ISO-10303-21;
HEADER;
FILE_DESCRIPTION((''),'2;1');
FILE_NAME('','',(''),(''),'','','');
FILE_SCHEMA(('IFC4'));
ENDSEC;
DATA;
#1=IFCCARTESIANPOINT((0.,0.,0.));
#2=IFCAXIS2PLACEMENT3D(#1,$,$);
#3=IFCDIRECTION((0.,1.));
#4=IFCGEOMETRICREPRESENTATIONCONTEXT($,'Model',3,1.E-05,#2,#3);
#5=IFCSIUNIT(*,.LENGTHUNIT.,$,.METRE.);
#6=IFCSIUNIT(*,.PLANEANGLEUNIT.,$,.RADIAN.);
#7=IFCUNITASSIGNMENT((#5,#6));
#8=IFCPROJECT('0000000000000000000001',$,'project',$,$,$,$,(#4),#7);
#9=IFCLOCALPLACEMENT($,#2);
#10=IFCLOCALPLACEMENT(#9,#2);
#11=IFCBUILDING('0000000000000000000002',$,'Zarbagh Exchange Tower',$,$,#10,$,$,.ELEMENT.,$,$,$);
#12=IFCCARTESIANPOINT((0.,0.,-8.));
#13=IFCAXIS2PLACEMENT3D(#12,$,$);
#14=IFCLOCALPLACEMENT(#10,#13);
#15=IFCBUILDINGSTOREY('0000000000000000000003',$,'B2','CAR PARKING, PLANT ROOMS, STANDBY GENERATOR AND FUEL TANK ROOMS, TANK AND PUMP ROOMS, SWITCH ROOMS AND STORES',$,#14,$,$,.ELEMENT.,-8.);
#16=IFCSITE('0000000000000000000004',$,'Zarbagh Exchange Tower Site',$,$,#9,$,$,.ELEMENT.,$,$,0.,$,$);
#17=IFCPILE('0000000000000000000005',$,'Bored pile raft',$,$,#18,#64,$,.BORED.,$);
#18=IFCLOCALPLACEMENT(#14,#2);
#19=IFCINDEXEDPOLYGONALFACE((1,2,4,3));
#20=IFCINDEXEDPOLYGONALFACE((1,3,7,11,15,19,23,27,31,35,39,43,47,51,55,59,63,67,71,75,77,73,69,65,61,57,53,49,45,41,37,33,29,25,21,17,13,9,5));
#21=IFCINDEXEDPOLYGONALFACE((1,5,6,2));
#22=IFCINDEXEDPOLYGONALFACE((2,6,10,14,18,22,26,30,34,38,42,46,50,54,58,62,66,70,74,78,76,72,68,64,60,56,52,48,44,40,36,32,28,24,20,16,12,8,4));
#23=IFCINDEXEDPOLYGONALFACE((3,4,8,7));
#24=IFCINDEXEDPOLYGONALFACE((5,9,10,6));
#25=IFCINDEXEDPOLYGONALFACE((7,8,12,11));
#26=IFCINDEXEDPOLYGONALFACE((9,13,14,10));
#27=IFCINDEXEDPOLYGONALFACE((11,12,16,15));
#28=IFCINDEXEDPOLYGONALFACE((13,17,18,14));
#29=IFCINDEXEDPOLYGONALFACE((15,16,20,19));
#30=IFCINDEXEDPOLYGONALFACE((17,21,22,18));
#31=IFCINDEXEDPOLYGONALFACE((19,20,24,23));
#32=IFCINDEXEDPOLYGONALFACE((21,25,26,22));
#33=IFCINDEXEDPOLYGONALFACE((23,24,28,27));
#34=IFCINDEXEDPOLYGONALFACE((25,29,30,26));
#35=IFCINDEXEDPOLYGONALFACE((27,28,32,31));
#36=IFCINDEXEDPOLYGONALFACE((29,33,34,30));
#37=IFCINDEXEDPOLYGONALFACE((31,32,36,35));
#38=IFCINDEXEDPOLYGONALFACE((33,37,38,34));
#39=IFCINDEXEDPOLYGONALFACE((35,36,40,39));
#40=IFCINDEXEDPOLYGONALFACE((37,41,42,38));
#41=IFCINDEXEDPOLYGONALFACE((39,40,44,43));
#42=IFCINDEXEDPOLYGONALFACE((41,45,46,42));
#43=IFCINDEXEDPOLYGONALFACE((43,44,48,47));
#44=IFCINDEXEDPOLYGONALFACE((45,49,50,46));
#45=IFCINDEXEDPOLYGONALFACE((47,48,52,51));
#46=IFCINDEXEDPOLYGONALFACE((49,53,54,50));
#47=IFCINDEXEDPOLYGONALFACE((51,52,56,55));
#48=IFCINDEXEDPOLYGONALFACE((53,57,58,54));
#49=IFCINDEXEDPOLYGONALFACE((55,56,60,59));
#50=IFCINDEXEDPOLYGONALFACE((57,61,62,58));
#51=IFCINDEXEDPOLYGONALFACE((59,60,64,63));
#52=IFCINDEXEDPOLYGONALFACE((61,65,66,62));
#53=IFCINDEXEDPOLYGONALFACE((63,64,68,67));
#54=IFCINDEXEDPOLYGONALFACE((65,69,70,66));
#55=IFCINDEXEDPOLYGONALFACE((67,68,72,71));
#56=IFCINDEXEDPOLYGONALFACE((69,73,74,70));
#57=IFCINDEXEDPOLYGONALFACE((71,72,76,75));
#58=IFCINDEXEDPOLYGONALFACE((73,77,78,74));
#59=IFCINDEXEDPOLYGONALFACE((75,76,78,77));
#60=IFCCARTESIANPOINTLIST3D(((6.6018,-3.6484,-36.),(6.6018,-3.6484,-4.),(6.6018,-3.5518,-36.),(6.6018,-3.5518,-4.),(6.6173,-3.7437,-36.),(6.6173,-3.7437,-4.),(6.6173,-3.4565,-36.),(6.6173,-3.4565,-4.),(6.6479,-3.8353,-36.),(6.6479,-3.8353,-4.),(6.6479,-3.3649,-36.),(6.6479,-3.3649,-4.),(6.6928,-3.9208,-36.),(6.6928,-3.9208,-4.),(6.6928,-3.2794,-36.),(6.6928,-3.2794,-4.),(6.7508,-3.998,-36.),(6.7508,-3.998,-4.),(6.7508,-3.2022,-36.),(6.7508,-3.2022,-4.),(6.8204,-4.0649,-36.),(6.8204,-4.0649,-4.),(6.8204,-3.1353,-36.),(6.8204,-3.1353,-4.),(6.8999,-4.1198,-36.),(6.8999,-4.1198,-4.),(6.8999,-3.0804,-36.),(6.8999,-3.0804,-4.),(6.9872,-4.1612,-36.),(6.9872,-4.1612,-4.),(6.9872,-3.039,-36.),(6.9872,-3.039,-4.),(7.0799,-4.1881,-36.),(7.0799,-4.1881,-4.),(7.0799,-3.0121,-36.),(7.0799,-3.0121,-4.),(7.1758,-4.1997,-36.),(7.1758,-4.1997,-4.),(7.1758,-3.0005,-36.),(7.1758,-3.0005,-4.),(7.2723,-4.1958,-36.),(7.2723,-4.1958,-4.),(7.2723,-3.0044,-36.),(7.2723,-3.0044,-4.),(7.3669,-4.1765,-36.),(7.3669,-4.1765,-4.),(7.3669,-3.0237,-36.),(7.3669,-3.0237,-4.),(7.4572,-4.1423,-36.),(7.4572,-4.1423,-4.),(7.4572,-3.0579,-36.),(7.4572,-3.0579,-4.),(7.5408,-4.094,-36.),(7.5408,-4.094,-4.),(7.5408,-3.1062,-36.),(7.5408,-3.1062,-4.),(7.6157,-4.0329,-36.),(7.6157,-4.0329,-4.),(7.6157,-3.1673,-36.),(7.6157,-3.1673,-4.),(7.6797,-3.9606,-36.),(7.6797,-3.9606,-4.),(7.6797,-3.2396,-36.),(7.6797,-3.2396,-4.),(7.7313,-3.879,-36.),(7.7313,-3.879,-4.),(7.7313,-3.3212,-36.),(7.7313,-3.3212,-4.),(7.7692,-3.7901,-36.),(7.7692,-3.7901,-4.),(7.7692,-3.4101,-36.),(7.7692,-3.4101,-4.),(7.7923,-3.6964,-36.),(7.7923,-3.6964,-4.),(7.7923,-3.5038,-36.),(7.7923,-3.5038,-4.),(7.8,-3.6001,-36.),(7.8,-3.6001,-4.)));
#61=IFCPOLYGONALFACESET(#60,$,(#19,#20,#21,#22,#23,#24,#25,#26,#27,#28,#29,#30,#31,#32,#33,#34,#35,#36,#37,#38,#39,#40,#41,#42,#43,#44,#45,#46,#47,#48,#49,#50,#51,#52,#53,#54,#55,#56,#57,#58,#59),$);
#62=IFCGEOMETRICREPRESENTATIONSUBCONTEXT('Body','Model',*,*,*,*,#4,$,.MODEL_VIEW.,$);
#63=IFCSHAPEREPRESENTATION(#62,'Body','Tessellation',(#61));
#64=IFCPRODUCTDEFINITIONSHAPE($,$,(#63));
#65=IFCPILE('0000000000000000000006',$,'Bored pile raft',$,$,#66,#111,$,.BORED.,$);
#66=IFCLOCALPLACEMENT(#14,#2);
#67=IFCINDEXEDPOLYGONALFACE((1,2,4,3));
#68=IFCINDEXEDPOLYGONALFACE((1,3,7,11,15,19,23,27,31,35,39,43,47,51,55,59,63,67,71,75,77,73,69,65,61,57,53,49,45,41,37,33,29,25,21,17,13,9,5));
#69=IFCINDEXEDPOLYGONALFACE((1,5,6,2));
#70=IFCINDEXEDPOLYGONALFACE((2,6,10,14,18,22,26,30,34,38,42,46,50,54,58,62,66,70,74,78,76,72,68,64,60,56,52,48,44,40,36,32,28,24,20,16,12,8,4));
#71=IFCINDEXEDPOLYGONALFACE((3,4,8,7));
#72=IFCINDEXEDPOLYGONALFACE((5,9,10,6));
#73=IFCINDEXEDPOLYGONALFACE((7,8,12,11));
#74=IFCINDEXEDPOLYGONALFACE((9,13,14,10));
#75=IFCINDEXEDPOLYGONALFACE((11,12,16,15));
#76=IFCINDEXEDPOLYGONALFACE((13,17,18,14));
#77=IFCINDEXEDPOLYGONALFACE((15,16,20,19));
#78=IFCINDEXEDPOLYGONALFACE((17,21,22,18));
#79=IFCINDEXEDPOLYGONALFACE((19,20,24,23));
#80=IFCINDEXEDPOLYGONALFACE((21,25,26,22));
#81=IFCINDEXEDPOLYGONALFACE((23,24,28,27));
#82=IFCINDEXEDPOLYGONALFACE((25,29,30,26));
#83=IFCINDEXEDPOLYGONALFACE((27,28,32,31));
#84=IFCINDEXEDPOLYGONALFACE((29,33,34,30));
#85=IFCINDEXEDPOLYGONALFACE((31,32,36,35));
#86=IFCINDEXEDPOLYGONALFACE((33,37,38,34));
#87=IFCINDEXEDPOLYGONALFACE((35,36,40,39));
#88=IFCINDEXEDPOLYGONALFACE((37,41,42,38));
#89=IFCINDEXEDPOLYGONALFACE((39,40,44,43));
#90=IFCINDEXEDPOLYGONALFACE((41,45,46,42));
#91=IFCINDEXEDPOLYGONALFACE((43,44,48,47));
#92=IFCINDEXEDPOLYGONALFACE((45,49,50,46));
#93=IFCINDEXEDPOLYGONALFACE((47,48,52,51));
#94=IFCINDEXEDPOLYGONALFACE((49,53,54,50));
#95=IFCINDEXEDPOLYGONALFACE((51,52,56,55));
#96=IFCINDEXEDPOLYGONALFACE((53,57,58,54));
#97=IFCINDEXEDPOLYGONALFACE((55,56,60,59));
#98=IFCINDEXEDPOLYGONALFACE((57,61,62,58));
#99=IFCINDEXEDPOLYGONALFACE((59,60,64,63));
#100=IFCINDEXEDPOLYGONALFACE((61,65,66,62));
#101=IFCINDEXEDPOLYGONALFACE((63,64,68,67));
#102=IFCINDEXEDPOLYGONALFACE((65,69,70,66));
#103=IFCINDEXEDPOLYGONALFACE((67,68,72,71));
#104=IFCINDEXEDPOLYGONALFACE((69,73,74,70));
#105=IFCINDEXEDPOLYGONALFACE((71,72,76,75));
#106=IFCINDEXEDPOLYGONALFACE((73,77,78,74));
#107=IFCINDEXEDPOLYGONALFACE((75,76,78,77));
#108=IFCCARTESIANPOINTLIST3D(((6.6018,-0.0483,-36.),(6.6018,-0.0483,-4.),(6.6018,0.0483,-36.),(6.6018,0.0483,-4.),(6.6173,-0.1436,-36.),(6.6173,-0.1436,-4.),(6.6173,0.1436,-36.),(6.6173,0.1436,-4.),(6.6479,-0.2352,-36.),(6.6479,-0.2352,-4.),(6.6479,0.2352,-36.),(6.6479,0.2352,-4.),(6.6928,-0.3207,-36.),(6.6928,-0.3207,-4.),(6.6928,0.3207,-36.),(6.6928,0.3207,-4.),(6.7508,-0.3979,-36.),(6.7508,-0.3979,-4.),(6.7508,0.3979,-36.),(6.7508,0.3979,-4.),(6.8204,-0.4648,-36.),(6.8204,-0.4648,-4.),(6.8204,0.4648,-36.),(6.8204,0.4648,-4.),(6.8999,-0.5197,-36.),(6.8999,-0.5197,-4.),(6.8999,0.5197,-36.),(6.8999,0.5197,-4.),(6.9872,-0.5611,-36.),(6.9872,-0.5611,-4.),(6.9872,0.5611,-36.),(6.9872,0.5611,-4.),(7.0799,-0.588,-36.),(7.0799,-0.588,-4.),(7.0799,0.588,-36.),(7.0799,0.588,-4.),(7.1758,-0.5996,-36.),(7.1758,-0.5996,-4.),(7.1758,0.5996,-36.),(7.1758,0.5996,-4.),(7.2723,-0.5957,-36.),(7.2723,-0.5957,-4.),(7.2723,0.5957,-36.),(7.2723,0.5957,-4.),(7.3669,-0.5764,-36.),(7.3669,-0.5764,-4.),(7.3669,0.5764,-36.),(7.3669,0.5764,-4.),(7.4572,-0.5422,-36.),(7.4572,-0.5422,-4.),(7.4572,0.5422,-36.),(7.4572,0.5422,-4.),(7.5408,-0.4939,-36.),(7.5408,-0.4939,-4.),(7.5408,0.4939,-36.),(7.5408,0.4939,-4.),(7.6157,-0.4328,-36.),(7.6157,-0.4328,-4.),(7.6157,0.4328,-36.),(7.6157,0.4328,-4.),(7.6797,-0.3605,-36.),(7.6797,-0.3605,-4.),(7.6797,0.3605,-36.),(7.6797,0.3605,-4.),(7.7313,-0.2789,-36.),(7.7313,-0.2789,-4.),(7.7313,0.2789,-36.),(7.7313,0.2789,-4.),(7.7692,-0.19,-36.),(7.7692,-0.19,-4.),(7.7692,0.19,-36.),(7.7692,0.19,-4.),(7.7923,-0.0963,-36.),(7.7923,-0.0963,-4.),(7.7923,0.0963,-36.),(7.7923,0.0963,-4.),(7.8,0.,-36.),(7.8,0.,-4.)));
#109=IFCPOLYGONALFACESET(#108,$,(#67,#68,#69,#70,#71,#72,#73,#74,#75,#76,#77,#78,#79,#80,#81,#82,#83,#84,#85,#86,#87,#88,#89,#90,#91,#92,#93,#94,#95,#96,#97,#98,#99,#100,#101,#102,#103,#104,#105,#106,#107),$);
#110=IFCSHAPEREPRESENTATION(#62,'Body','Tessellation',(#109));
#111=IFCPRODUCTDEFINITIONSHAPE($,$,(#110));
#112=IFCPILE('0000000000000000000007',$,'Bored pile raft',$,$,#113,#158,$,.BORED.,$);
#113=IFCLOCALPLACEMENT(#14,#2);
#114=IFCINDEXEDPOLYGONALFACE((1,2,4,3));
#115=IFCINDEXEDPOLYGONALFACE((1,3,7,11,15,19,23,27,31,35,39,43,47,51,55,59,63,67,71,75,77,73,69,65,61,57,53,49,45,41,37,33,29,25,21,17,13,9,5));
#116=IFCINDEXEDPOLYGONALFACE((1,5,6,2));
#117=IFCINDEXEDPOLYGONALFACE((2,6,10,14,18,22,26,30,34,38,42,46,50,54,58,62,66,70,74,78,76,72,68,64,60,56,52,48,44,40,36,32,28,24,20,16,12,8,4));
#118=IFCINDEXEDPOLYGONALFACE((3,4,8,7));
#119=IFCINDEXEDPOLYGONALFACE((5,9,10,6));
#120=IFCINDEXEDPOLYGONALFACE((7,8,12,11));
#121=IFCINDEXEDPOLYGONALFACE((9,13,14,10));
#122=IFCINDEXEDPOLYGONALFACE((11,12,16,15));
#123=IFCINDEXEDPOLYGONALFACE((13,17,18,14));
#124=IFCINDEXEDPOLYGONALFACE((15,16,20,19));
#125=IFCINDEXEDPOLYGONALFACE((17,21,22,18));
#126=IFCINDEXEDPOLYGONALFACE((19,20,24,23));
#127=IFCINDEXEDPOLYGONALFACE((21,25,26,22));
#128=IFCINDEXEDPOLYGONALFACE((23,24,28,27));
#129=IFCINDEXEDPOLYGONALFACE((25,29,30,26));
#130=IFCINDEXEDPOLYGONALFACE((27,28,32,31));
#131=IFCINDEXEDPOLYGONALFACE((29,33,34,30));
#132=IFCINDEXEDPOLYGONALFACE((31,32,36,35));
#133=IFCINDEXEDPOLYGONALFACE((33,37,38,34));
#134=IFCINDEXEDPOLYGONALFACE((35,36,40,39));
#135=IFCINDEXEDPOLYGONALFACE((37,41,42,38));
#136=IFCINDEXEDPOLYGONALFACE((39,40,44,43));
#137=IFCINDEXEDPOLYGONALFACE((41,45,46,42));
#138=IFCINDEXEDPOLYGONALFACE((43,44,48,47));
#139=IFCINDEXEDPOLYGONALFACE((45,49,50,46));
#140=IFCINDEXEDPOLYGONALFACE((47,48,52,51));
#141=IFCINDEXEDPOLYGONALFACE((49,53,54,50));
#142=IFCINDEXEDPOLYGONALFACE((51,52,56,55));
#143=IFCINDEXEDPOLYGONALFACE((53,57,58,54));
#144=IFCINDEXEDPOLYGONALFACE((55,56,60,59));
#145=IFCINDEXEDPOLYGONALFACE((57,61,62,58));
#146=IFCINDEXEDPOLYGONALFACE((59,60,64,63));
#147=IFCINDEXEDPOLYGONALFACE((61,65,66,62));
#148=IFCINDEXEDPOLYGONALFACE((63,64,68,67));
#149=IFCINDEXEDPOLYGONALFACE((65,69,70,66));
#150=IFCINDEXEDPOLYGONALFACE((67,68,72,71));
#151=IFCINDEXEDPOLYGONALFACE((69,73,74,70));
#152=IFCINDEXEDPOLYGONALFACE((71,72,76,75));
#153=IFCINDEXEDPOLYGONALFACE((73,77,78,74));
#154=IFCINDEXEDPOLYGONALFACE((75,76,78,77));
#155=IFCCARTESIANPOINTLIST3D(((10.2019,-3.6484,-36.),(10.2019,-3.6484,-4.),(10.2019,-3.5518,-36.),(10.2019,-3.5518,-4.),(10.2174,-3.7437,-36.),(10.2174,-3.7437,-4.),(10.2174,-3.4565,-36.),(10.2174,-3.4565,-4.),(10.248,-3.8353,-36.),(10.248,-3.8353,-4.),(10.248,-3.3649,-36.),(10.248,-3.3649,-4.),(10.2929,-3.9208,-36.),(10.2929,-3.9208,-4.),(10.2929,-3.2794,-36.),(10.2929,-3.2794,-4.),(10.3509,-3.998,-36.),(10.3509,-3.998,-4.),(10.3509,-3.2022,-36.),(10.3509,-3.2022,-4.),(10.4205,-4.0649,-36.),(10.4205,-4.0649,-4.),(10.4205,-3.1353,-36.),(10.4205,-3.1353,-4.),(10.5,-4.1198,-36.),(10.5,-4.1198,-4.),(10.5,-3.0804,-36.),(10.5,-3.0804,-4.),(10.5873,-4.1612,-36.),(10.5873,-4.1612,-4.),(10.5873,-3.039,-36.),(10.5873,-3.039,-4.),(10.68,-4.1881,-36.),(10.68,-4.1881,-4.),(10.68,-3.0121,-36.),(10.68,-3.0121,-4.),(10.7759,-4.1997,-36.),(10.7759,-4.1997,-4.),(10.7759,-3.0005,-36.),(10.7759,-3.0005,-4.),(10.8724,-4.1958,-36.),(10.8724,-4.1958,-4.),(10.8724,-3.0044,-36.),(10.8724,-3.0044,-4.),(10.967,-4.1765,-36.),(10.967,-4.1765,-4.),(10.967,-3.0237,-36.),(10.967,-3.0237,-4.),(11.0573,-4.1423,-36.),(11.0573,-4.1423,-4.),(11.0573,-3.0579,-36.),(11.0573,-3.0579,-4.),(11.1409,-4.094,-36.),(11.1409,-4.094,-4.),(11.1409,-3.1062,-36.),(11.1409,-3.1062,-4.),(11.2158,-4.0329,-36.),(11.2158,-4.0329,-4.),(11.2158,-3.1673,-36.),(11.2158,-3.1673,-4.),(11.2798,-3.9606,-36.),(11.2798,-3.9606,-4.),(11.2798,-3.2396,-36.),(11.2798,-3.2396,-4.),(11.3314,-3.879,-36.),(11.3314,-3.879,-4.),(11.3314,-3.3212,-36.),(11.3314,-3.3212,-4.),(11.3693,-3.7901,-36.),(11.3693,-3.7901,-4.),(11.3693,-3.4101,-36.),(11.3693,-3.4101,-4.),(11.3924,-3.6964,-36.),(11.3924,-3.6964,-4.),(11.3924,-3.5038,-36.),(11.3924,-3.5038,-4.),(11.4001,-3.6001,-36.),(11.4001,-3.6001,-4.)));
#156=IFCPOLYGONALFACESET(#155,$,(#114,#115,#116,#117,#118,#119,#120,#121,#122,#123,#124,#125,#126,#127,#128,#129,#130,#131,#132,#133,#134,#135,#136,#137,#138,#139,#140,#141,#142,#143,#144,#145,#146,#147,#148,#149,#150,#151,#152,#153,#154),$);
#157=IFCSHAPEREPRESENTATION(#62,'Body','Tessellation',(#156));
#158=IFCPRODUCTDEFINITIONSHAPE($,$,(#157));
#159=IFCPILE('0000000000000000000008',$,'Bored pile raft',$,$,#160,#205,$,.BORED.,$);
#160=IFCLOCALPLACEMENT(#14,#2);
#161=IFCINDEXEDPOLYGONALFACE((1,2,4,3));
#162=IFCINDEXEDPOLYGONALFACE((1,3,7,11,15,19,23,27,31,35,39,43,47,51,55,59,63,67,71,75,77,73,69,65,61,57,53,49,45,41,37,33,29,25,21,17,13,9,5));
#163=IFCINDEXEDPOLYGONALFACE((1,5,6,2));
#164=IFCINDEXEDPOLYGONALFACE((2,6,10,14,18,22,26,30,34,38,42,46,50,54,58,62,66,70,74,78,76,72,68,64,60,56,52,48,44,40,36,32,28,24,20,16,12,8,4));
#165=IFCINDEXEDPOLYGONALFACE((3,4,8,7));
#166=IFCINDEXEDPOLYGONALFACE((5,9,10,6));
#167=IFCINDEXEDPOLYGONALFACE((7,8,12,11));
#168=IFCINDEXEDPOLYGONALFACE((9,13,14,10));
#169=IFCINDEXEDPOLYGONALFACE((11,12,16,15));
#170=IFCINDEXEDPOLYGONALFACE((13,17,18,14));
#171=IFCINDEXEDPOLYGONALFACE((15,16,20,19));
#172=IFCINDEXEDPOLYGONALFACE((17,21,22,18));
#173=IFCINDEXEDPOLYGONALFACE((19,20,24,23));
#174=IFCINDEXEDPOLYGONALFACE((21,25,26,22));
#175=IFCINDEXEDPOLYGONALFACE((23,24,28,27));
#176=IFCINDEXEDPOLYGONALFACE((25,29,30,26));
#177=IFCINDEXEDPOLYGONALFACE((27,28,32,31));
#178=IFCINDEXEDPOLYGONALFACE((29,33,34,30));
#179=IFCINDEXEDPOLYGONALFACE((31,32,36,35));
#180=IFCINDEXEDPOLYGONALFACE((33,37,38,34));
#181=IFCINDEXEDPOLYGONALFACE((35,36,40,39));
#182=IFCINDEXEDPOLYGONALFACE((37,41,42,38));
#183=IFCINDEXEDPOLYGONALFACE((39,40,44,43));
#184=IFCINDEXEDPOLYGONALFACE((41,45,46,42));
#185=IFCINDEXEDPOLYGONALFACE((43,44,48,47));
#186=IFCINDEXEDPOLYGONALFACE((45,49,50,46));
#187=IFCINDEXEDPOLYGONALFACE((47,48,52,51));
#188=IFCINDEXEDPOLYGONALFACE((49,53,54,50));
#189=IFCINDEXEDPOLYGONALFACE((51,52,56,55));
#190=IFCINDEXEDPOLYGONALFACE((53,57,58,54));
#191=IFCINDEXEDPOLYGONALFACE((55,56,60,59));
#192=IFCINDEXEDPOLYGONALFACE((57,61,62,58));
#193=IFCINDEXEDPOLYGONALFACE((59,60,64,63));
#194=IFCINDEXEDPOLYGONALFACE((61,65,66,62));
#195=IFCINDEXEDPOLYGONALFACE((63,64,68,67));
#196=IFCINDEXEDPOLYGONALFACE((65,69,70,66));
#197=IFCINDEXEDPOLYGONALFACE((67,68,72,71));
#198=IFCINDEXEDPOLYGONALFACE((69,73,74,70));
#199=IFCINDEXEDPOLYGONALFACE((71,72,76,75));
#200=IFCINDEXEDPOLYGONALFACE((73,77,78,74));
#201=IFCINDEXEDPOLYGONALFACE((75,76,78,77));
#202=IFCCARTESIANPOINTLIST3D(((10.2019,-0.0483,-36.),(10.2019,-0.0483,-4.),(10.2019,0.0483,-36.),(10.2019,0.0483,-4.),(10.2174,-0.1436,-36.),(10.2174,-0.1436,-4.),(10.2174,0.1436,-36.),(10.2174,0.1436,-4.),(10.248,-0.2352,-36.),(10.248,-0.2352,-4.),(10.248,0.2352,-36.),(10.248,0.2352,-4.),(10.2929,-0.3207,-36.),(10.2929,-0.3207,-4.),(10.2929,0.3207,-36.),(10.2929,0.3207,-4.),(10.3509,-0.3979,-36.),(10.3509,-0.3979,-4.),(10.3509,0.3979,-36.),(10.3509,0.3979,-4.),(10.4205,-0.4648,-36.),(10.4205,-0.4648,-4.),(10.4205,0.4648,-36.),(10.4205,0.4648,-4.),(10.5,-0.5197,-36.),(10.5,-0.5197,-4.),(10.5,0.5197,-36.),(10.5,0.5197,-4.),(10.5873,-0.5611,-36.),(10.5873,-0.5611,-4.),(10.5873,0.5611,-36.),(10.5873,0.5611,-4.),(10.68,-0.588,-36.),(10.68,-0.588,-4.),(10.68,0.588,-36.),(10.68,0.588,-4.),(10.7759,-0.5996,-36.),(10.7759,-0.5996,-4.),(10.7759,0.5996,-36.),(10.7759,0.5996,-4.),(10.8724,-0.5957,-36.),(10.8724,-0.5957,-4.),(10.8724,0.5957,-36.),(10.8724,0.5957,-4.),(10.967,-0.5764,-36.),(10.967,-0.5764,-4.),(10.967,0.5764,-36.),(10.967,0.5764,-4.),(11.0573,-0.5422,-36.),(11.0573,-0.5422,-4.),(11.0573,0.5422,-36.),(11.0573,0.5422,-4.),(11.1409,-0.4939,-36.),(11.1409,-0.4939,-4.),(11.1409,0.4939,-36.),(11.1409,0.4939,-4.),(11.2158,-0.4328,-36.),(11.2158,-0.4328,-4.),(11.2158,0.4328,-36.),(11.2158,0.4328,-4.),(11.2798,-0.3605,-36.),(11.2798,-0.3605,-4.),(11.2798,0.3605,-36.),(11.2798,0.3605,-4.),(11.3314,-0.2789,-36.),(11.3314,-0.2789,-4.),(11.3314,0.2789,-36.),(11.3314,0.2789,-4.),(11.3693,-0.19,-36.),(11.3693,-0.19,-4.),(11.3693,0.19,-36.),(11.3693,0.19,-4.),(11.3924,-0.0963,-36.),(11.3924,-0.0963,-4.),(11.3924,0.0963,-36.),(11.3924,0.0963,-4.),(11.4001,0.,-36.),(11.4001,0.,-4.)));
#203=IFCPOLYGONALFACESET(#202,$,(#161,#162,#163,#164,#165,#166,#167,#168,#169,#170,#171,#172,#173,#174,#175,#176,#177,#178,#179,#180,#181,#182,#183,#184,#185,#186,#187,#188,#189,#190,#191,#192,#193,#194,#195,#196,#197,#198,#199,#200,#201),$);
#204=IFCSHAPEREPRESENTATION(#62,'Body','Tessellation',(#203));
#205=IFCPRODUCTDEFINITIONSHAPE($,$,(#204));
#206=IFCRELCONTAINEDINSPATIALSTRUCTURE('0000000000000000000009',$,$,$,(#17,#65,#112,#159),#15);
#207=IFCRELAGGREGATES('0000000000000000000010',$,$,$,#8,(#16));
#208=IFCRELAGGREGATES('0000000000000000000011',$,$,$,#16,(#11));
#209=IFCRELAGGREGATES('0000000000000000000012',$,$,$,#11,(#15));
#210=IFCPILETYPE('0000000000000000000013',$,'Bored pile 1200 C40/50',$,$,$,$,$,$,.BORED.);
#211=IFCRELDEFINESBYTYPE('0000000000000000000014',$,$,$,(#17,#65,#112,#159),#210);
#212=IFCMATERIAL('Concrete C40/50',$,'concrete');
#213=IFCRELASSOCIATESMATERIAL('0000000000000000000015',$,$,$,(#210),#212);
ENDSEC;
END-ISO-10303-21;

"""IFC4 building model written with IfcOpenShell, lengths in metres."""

from ifc_helpers import new_model, si_unit, direction, frame, origin, origin_2d, place, context, subcontext, project, spatial, circle, extrude, material, material_profile, profile_set, type_object, element, save


model = new_model("IFC4")

# Units and contexts
model_context = context("Model", 3, precision=1e-05, world=origin(), true_north=direction((0.0, 1.0)))
body_context = subcontext(model_context, "Body", "Model", "MODEL_VIEW")
ifc_project = project(units=[si_unit("LENGTHUNIT", "METRE"), si_unit("PLANEANGLEUNIT", "RADIAN")], contexts=[model_context])

# Site, building, storey
site_placement = place(None, origin())
site = spatial("IfcSite", under=ifc_project, at=site_placement, Name="Zarbagh Exchange Tower Site", CompositionType="ELEMENT", RefElevation=0.0)
building_placement = place(site_placement, origin())
building = spatial("IfcBuilding", under=site, at=building_placement, Name="Zarbagh Exchange Tower", CompositionType="ELEMENT")
storey_placement = place(building_placement, frame((0.0, 0.0, -8.0)))
storey = spatial("IfcBuildingStorey", under=building, at=storey_placement, Name="B2", Description="CAR PARKING, PLANT ROOMS, STANDBY GENERATOR AND FUEL TANK ROOMS, TANK AND PUMP ROOMS, SWITCH ROOMS AND STORES", CompositionType="ELEMENT", Elevation=-8.0)

# Piles
ifc_material_1 = material(Name="Concrete C40/50", Category="concrete")
ifc_material_profile = material_profile(ifc_material_1, circle(Radius=0.6001, at=origin_2d()), Name="Bored pile 1200 C40/50")
ifc_profile_set = profile_set([ifc_material_profile], Name="Concrete C40/50")
pile_type = type_object("IfcPileType", Name="Bored pile 1200 C40/50", PredefinedType="BORED", material=ifc_profile_set)
for number, where, z_axis, x_axis, name in (
    (1, (7.2, -3.6001, -4.0), (0.0, 0.0, -1.0), (1.0, 0.0, 0.0), "Bored pile raft"),
    (2, (7.2, 0.0, -4.0), (0.0, 0.0, -1.0), (1.0, 0.0, 0.0), "Bored pile raft"),
    (3, (10.8, -3.6001, -4.0), (0.0, 0.0, -1.0), (1.0, 0.0, 0.0), "Bored pile raft"),
    (4, (10.8, 0.0, -4.0), (0.0, 0.0, -1.0), (1.0, 0.0, 0.0), "Bored pile raft"),
):
    element("IfcPile", number, at=place(storey_placement, frame(where, z_axis=z_axis, x_axis=x_axis)), inside=storey, type_object=pile_type, Name=name, PredefinedType="BORED", context=body_context, shape_type="SweptSolid", body=[
        extrude(circle(Radius=0.6001, at=origin_2d()), origin(), (0.0, 0.0, 1.0), 32.0),
    ])

save(model, "model.ifc")
